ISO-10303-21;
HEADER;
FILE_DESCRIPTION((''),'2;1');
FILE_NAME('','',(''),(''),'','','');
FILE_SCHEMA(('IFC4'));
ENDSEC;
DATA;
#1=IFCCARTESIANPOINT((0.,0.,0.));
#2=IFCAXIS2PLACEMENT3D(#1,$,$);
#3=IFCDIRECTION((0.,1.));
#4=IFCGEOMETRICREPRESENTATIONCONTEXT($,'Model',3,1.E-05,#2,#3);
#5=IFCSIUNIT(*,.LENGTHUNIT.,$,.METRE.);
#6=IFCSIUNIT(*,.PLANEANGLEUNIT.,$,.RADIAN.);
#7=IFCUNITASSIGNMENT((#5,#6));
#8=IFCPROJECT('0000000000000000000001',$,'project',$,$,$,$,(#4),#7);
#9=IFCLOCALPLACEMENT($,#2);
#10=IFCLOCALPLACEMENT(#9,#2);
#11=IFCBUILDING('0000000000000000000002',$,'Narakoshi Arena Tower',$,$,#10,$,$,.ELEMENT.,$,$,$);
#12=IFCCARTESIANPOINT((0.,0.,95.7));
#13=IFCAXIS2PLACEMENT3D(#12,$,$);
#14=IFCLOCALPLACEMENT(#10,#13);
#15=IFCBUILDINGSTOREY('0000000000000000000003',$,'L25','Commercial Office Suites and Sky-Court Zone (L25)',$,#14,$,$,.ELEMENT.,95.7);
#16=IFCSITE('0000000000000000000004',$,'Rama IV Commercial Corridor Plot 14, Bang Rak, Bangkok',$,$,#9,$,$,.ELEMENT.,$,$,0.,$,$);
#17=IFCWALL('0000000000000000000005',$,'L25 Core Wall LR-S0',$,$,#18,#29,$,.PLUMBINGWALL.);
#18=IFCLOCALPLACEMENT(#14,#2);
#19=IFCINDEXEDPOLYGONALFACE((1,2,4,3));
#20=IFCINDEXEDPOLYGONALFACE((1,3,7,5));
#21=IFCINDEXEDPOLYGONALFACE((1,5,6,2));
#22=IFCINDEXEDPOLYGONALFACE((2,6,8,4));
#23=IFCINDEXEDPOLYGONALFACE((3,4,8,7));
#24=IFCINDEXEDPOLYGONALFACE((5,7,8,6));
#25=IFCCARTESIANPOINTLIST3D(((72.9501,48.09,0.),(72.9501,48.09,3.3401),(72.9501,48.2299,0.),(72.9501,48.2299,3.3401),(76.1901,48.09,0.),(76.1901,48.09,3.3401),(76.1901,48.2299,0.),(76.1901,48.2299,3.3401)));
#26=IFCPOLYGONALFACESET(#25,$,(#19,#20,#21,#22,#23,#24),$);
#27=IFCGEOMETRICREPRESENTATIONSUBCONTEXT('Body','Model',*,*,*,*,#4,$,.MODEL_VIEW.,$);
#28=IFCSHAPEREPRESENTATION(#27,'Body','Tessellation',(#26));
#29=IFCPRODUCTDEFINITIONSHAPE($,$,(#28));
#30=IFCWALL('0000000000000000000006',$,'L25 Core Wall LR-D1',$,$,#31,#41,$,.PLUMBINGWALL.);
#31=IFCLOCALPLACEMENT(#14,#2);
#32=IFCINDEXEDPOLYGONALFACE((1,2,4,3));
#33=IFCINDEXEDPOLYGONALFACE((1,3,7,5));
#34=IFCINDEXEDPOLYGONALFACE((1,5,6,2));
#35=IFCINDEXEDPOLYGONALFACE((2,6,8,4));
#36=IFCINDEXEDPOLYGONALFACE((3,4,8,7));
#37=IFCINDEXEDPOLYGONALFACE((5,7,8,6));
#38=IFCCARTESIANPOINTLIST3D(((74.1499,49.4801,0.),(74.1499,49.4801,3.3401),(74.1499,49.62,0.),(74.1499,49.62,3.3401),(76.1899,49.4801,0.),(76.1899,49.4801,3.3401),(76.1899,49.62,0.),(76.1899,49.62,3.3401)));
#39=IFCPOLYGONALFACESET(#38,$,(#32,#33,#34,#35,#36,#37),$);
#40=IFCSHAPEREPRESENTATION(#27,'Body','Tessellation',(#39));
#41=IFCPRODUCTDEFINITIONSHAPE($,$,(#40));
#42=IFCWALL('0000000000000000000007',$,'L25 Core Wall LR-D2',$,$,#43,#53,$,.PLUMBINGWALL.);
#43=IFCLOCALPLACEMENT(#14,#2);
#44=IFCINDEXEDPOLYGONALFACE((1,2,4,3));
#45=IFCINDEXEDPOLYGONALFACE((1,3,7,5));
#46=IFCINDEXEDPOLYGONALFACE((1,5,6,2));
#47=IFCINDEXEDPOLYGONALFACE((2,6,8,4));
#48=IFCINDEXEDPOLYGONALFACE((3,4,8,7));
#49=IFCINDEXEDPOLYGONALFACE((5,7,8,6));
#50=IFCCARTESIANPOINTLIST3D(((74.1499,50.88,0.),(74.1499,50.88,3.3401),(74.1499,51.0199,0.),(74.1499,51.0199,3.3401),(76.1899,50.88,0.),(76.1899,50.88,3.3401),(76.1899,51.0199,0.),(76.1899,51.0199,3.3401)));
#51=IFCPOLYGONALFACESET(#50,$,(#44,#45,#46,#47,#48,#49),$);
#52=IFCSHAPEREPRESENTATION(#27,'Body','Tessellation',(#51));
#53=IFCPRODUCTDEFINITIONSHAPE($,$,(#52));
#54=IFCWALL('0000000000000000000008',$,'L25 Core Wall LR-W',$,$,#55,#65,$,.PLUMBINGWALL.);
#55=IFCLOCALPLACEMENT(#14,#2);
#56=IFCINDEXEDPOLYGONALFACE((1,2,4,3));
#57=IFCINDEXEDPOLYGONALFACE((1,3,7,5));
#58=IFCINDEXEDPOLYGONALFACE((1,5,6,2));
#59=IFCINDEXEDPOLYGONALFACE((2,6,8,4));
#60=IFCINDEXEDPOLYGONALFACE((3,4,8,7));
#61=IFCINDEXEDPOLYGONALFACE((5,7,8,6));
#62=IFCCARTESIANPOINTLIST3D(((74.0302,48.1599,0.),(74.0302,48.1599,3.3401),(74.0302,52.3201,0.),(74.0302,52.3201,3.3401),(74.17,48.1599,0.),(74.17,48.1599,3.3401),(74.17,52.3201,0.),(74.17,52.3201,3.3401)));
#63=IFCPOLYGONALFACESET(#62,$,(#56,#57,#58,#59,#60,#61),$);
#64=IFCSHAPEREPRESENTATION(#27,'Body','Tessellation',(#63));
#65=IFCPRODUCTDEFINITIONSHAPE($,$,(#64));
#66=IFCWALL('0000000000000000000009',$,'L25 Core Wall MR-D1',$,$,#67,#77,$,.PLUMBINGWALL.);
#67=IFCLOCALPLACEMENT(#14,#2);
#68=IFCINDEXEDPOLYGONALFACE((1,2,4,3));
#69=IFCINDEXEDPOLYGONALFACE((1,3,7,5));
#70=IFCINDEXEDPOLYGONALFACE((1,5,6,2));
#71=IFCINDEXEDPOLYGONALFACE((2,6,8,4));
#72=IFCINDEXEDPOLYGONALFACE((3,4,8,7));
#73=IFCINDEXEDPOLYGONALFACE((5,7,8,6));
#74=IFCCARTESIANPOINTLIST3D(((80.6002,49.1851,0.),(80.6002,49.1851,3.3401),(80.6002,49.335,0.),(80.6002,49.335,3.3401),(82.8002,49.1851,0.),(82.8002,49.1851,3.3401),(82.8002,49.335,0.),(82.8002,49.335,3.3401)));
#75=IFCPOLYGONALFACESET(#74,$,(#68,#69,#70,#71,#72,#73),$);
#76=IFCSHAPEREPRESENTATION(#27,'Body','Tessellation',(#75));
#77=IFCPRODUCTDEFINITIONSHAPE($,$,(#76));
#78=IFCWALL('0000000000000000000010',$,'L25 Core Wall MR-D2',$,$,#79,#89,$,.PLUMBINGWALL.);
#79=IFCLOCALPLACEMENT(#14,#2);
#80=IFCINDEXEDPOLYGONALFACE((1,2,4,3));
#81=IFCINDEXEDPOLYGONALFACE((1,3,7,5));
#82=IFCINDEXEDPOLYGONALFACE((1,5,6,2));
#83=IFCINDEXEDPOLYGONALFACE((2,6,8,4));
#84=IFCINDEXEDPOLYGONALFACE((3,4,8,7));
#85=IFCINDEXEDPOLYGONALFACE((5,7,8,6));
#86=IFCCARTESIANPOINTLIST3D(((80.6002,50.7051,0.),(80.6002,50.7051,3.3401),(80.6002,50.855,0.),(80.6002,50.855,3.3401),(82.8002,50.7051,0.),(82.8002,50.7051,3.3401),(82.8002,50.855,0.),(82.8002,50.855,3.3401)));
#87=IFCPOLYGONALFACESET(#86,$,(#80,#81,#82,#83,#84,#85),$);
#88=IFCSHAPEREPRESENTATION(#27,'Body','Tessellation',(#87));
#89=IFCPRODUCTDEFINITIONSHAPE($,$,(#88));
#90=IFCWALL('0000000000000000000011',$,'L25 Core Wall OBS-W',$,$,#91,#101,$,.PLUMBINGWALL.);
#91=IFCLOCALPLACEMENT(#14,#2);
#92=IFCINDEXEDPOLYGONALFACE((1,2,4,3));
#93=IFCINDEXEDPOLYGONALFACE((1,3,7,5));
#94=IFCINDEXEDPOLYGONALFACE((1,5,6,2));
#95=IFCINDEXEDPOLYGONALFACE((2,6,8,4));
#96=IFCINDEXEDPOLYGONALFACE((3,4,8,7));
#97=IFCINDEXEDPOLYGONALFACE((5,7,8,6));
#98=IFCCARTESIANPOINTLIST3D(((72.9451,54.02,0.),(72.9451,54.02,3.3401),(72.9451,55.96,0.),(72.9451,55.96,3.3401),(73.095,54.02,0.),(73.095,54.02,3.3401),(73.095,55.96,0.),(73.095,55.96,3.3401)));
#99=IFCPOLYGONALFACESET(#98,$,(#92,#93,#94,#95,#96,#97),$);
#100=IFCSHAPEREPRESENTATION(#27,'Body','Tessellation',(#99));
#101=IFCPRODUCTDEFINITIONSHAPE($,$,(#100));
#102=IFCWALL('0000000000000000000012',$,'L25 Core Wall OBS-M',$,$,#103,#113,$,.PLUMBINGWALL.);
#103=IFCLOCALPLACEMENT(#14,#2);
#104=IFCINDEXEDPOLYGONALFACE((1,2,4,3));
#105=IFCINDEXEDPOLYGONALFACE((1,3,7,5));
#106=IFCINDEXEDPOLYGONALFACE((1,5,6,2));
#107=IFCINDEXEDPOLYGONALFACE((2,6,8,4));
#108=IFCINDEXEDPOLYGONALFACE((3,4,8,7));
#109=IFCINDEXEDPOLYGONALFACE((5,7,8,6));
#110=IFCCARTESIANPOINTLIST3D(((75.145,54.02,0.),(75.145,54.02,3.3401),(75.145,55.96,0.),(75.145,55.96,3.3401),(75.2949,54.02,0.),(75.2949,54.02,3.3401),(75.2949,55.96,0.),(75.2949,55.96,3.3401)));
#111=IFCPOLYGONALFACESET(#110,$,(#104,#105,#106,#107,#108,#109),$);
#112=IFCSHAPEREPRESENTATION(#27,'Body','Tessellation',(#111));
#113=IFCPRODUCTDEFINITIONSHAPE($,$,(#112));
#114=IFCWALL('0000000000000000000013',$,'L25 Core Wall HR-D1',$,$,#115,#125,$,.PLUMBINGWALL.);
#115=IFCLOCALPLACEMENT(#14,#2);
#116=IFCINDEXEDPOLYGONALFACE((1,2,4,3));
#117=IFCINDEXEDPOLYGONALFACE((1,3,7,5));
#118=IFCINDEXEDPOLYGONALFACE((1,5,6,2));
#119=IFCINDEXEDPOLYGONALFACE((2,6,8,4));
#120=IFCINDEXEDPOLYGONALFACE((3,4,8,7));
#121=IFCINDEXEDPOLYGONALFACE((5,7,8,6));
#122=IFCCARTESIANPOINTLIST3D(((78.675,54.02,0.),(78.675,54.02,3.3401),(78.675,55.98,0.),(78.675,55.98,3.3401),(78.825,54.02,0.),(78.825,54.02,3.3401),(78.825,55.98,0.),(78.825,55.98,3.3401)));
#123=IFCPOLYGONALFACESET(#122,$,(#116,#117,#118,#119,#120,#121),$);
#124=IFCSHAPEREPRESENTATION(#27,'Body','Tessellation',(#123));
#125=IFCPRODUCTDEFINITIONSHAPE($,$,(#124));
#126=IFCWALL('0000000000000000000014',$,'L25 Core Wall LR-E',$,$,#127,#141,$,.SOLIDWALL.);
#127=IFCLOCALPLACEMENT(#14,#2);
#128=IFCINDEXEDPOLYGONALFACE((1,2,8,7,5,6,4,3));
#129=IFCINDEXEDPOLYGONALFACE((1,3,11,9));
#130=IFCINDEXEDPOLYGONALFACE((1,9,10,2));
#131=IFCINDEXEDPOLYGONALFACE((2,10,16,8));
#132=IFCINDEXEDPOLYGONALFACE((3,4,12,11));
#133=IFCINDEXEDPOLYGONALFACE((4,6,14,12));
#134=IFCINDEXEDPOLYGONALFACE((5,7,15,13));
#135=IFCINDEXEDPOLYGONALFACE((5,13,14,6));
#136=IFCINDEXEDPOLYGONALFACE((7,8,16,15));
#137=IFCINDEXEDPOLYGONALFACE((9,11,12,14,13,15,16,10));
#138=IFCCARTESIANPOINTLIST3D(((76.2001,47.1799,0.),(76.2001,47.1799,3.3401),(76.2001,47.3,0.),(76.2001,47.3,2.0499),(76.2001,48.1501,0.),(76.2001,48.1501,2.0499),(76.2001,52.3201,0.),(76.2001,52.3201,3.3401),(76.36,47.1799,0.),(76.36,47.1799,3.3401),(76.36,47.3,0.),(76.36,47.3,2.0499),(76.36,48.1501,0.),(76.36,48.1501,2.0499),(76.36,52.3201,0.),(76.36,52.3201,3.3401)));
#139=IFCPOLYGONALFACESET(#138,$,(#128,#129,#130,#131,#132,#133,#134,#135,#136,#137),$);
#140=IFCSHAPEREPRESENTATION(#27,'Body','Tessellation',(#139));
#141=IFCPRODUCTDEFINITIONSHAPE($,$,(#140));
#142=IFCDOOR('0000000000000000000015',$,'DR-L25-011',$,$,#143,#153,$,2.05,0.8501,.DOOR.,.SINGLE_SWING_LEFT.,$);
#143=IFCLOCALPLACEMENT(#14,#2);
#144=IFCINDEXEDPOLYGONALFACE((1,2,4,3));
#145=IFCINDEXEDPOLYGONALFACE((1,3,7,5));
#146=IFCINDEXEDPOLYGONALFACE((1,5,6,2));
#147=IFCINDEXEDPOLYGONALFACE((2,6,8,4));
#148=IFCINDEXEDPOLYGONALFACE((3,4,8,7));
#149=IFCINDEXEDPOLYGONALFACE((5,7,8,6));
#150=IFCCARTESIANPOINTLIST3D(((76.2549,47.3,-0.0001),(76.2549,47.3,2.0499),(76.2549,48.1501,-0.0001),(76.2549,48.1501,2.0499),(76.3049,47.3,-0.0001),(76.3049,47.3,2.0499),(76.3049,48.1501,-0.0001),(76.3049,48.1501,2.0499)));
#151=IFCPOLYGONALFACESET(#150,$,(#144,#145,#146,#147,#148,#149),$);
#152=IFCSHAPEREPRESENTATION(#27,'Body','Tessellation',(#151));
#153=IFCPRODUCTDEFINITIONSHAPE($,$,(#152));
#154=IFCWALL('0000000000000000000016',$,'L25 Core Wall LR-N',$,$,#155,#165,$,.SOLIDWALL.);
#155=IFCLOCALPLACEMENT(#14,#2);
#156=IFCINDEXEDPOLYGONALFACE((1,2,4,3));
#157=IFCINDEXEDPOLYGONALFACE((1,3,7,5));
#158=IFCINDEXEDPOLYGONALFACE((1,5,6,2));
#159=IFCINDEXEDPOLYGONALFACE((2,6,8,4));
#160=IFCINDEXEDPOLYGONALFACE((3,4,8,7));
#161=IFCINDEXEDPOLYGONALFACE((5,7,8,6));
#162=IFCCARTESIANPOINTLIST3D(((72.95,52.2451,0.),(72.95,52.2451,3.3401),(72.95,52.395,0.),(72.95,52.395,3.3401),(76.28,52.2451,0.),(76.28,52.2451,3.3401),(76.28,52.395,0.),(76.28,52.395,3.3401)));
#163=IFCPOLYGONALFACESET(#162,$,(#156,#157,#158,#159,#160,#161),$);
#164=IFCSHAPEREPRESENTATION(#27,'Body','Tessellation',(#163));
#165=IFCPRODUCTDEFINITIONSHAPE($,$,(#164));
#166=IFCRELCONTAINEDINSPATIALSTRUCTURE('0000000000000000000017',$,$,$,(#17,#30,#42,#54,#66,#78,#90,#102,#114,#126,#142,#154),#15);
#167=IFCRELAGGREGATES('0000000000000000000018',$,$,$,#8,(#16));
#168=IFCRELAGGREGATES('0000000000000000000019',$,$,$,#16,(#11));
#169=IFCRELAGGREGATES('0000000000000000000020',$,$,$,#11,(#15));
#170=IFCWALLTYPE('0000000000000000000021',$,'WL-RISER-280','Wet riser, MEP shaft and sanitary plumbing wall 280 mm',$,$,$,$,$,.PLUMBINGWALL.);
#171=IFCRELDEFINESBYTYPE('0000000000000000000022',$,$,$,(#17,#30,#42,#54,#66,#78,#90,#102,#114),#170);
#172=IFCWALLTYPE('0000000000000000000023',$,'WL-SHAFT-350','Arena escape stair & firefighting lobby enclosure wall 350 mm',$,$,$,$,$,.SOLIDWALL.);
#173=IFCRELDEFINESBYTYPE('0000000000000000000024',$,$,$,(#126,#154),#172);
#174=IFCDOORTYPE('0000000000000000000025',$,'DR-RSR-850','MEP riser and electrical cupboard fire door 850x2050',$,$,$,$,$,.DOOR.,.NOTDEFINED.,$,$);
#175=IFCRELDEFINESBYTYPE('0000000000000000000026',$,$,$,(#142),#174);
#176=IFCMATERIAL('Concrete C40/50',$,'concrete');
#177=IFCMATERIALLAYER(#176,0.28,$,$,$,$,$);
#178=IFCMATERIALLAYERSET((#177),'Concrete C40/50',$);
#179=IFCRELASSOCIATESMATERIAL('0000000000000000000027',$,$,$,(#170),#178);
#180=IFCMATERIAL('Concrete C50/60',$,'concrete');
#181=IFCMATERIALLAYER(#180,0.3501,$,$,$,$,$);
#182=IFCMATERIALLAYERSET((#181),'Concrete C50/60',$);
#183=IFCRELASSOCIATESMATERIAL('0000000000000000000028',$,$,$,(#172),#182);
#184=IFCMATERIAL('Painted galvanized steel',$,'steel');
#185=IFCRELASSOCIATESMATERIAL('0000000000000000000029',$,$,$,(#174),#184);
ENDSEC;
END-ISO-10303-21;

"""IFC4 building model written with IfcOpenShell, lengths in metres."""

from ifc_helpers import new_model, si_unit, direction, frame, frame_2d, origin, place, context, subcontext, project, spatial, rectangle, extrude, material, layer, layer_set, type_object, element, fill, save


model = new_model("IFC4")

# Units and contexts
model_context = context("Model", 3, precision=1e-05, world=origin(), true_north=direction((0.0, 1.0)))
body_context = subcontext(model_context, "Body", "Model", "MODEL_VIEW")
ifc_project = project(units=[si_unit("LENGTHUNIT", "METRE"), si_unit("PLANEANGLEUNIT", "RADIAN")], contexts=[model_context])

# Site, building, storey
site_placement = place(None, origin())
site = spatial("IfcSite", under=ifc_project, at=site_placement, Name="Rama IV Commercial Corridor Plot 14, Bang Rak, Bangkok", CompositionType="ELEMENT", RefElevation=0.0)
building_placement = place(site_placement, origin())
building = spatial("IfcBuilding", under=site, at=building_placement, Name="Narakoshi Arena Tower", CompositionType="ELEMENT")
storey_placement = place(building_placement, frame((0.0, 0.0, 95.7)))
storey = spatial("IfcBuildingStorey", under=building, at=storey_placement, Name="L25", Description="Commercial Office Suites and Sky-Court Zone (L25)", CompositionType="ELEMENT", Elevation=95.7)

# Walls
ifc_material_1 = material(Name="Concrete C40/50", Category="concrete")
ifc_layer_1 = layer(ifc_material_1, 0.28)
ifc_layer_set_1 = layer_set([ifc_layer_1], Name="Concrete C40/50")
wall_type_1 = type_object("IfcWallType", Name="WL-RISER-280", Description="Wet riser, MEP shaft and sanitary plumbing wall 280 mm", PredefinedType="PLUMBINGWALL", material=ifc_layer_set_1)
wall_1_placement = place(storey_placement, frame((72.95, 48.1599, 0.0), z_axis=(0.0, 0.0, 1.0), x_axis=(1.0, 0.0, 0.0)))
element("IfcWall", 1, at=wall_1_placement, inside=storey, type_object=wall_type_1, Name="L25 Core Wall LR-S0", PredefinedType="PLUMBINGWALL", context=body_context, shape_type="SweptSolid", body=[
    extrude(rectangle(XDim=3.24, YDim=0.1399, at=frame_2d((1.6201, 0.0))), origin(), (0.0, 0.0, 1.0), 3.3401),
])
for number, where, z_axis, x_axis, name in (
    (2, (74.1499, 49.55, 0.0), (0.0, 0.0, 1.0), (1.0, 0.0, 0.0), "L25 Core Wall LR-D1"),
    (3, (74.1499, 50.95, 0.0), (0.0, 0.0, 1.0), (1.0, 0.0, 0.0), "L25 Core Wall LR-D2"),
):
    element("IfcWall", number, at=place(storey_placement, frame(where, z_axis=z_axis, x_axis=x_axis)), inside=storey, type_object=wall_type_1, Name=name, PredefinedType="PLUMBINGWALL", context=body_context, shape_type="SweptSolid", body=[
        extrude(rectangle(XDim=2.04, YDim=0.1399, at=frame_2d((1.02, 0.0))), origin(), (0.0, 0.0, 1.0), 3.3401),
    ])
wall_2_placement = place(storey_placement, frame((74.1001, 48.1599, 0.0), z_axis=(0.0, 0.0, 1.0), x_axis=(0.0, 1.0, 0.0)))
element("IfcWall", 4, at=wall_2_placement, inside=storey, type_object=wall_type_1, Name="L25 Core Wall LR-W", PredefinedType="PLUMBINGWALL", context=body_context, shape_type="SweptSolid", body=[
    extrude(rectangle(XDim=4.1602, YDim=0.1399, at=frame_2d((2.0801, 0.0))), origin(), (0.0, 0.0, 1.0), 3.3401),
])
for number, where, z_axis, x_axis, name in (
    (5, (80.6001, 49.26, 0.0), (0.0, 0.0, 1.0), (1.0, 0.0, 0.0), "L25 Core Wall MR-D1"),
    (6, (80.6001, 50.78, 0.0), (0.0, 0.0, 1.0), (1.0, 0.0, 0.0), "L25 Core Wall MR-D2"),
):
    element("IfcWall", number, at=place(storey_placement, frame(where, z_axis=z_axis, x_axis=x_axis)), inside=storey, type_object=wall_type_1, Name=name, PredefinedType="PLUMBINGWALL", context=body_context, shape_type="SweptSolid", body=[
        extrude(rectangle(XDim=2.2, YDim=0.1499, at=frame_2d((1.1001, 0.0))), origin(), (0.0, 0.0, 1.0), 3.3401),
    ])
for number, where, z_axis, x_axis, name in (
    (7, (73.02, 54.02, 0.0), (0.0, 0.0, 1.0), (0.0, 1.0, 0.0), "L25 Core Wall OBS-W"),
    (8, (75.22, 54.02, 0.0), (0.0, 0.0, 1.0), (0.0, 1.0, 0.0), "L25 Core Wall OBS-M"),
):
    element("IfcWall", number, at=place(storey_placement, frame(where, z_axis=z_axis, x_axis=x_axis)), inside=storey, type_object=wall_type_1, Name=name, PredefinedType="PLUMBINGWALL", context=body_context, shape_type="SweptSolid", body=[
        extrude(rectangle(XDim=1.9399, YDim=0.1499, at=frame_2d((0.97, 0.0))), origin(), (0.0, 0.0, 1.0), 3.3401),
    ])
wall_3_placement = place(storey_placement, frame((78.75, 54.02, 0.0), z_axis=(0.0, 0.0, 1.0), x_axis=(0.0, 1.0, 0.0)))
element("IfcWall", 9, at=wall_3_placement, inside=storey, type_object=wall_type_1, Name="L25 Core Wall HR-D1", PredefinedType="PLUMBINGWALL", context=body_context, shape_type="SweptSolid", body=[
    extrude(rectangle(XDim=1.96, YDim=0.1499, at=frame_2d((0.98, 0.0))), origin(), (0.0, 0.0, 1.0), 3.3401),
])

# Wall, opening, door
ifc_material_2 = material(Name="Concrete C50/60", Category="concrete")
ifc_layer_2 = layer(ifc_material_2, 0.3501)
ifc_layer_set_2 = layer_set([ifc_layer_2], Name="Concrete C50/60")
wall_type_2 = type_object("IfcWallType", Name="WL-SHAFT-350", Description="Arena escape stair & firefighting lobby enclosure wall 350 mm", PredefinedType="SOLIDWALL", material=ifc_layer_set_2)
wall_4_placement = place(storey_placement, frame((76.28, 47.1799, 0.0), z_axis=(0.0, 0.0, 1.0), x_axis=(0.0, 1.0, 0.0)))
wall_4 = element("IfcWall", 10, at=wall_4_placement, inside=storey, type_object=wall_type_2, Name="L25 Core Wall LR-E", PredefinedType="SOLIDWALL", context=body_context, shape_type="SweptSolid", body=[
    extrude(rectangle(XDim=5.1401, YDim=0.1599, at=frame_2d((2.5701, 0.0))), origin(), (0.0, 0.0, 1.0), 3.3401),
])
opening_1_placement = place(wall_4_placement, frame((0.1201, 0.0, 0.0)))
opening_1 = element("IfcOpeningElement", 11, at=opening_1_placement, cuts=wall_4, PredefinedType="OPENING", context=body_context, shape_type="SweptSolid", body=[
    extrude(rectangle(XDim=0.8501, YDim=2.05, at=frame_2d((0.425, 1.0249))), frame((0.0, 0.0898, 0.0), z_axis=(0.0, -1.0, 0.0), x_axis=(1.0, 0.0, 0.0)), (0.0, 0.0, 1.0), 0.1799),
])
ifc_material_3 = material(Name="Painted galvanized steel", Category="steel")
door_type_1 = type_object("IfcDoorType", Name="DR-RSR-850", Description="MEP riser and electrical cupboard fire door 850x2050", OperationType="NOTDEFINED", PredefinedType="DOOR", material=ifc_material_3)
door_1_placement = place(opening_1_placement, frame((0.8501, 0.0, 0.0), z_axis=(0.0, 0.0, 1.0), x_axis=(-1.0, 0.0, 0.0)))
door_1 = element("IfcDoor", 12, at=door_1_placement, inside=storey, type_object=door_type_1, Name="DR-L25-011", OperationType="SINGLE_SWING_LEFT", OverallHeight=2.05, OverallWidth=0.8501, PredefinedType="DOOR", context=body_context, shape_type="SweptSolid", body=[
    extrude(rectangle(XDim=0.8501, YDim=2.05, at=frame_2d((0.425, 1.0249))), frame((0.0, 0.0249, 0.0), z_axis=(0.0, -1.0, 0.0), x_axis=(1.0, 0.0, 0.0)), (0.0, 0.0, 1.0), 0.05),
])
fill(opening_1, door_1)

# Wall
wall_5_placement = place(storey_placement, frame((72.95, 52.3201, 0.0), z_axis=(0.0, 0.0, 1.0), x_axis=(1.0, 0.0, 0.0)))
element("IfcWall", 13, at=wall_5_placement, inside=storey, type_object=wall_type_2, Name="L25 Core Wall LR-N", PredefinedType="SOLIDWALL", context=body_context, shape_type="SweptSolid", body=[
    extrude(rectangle(XDim=3.3301, YDim=0.1499, at=frame_2d((1.665, 0.0))), origin(), (0.0, 0.0, 1.0), 3.3401),
])

save(model, "model.ifc")
